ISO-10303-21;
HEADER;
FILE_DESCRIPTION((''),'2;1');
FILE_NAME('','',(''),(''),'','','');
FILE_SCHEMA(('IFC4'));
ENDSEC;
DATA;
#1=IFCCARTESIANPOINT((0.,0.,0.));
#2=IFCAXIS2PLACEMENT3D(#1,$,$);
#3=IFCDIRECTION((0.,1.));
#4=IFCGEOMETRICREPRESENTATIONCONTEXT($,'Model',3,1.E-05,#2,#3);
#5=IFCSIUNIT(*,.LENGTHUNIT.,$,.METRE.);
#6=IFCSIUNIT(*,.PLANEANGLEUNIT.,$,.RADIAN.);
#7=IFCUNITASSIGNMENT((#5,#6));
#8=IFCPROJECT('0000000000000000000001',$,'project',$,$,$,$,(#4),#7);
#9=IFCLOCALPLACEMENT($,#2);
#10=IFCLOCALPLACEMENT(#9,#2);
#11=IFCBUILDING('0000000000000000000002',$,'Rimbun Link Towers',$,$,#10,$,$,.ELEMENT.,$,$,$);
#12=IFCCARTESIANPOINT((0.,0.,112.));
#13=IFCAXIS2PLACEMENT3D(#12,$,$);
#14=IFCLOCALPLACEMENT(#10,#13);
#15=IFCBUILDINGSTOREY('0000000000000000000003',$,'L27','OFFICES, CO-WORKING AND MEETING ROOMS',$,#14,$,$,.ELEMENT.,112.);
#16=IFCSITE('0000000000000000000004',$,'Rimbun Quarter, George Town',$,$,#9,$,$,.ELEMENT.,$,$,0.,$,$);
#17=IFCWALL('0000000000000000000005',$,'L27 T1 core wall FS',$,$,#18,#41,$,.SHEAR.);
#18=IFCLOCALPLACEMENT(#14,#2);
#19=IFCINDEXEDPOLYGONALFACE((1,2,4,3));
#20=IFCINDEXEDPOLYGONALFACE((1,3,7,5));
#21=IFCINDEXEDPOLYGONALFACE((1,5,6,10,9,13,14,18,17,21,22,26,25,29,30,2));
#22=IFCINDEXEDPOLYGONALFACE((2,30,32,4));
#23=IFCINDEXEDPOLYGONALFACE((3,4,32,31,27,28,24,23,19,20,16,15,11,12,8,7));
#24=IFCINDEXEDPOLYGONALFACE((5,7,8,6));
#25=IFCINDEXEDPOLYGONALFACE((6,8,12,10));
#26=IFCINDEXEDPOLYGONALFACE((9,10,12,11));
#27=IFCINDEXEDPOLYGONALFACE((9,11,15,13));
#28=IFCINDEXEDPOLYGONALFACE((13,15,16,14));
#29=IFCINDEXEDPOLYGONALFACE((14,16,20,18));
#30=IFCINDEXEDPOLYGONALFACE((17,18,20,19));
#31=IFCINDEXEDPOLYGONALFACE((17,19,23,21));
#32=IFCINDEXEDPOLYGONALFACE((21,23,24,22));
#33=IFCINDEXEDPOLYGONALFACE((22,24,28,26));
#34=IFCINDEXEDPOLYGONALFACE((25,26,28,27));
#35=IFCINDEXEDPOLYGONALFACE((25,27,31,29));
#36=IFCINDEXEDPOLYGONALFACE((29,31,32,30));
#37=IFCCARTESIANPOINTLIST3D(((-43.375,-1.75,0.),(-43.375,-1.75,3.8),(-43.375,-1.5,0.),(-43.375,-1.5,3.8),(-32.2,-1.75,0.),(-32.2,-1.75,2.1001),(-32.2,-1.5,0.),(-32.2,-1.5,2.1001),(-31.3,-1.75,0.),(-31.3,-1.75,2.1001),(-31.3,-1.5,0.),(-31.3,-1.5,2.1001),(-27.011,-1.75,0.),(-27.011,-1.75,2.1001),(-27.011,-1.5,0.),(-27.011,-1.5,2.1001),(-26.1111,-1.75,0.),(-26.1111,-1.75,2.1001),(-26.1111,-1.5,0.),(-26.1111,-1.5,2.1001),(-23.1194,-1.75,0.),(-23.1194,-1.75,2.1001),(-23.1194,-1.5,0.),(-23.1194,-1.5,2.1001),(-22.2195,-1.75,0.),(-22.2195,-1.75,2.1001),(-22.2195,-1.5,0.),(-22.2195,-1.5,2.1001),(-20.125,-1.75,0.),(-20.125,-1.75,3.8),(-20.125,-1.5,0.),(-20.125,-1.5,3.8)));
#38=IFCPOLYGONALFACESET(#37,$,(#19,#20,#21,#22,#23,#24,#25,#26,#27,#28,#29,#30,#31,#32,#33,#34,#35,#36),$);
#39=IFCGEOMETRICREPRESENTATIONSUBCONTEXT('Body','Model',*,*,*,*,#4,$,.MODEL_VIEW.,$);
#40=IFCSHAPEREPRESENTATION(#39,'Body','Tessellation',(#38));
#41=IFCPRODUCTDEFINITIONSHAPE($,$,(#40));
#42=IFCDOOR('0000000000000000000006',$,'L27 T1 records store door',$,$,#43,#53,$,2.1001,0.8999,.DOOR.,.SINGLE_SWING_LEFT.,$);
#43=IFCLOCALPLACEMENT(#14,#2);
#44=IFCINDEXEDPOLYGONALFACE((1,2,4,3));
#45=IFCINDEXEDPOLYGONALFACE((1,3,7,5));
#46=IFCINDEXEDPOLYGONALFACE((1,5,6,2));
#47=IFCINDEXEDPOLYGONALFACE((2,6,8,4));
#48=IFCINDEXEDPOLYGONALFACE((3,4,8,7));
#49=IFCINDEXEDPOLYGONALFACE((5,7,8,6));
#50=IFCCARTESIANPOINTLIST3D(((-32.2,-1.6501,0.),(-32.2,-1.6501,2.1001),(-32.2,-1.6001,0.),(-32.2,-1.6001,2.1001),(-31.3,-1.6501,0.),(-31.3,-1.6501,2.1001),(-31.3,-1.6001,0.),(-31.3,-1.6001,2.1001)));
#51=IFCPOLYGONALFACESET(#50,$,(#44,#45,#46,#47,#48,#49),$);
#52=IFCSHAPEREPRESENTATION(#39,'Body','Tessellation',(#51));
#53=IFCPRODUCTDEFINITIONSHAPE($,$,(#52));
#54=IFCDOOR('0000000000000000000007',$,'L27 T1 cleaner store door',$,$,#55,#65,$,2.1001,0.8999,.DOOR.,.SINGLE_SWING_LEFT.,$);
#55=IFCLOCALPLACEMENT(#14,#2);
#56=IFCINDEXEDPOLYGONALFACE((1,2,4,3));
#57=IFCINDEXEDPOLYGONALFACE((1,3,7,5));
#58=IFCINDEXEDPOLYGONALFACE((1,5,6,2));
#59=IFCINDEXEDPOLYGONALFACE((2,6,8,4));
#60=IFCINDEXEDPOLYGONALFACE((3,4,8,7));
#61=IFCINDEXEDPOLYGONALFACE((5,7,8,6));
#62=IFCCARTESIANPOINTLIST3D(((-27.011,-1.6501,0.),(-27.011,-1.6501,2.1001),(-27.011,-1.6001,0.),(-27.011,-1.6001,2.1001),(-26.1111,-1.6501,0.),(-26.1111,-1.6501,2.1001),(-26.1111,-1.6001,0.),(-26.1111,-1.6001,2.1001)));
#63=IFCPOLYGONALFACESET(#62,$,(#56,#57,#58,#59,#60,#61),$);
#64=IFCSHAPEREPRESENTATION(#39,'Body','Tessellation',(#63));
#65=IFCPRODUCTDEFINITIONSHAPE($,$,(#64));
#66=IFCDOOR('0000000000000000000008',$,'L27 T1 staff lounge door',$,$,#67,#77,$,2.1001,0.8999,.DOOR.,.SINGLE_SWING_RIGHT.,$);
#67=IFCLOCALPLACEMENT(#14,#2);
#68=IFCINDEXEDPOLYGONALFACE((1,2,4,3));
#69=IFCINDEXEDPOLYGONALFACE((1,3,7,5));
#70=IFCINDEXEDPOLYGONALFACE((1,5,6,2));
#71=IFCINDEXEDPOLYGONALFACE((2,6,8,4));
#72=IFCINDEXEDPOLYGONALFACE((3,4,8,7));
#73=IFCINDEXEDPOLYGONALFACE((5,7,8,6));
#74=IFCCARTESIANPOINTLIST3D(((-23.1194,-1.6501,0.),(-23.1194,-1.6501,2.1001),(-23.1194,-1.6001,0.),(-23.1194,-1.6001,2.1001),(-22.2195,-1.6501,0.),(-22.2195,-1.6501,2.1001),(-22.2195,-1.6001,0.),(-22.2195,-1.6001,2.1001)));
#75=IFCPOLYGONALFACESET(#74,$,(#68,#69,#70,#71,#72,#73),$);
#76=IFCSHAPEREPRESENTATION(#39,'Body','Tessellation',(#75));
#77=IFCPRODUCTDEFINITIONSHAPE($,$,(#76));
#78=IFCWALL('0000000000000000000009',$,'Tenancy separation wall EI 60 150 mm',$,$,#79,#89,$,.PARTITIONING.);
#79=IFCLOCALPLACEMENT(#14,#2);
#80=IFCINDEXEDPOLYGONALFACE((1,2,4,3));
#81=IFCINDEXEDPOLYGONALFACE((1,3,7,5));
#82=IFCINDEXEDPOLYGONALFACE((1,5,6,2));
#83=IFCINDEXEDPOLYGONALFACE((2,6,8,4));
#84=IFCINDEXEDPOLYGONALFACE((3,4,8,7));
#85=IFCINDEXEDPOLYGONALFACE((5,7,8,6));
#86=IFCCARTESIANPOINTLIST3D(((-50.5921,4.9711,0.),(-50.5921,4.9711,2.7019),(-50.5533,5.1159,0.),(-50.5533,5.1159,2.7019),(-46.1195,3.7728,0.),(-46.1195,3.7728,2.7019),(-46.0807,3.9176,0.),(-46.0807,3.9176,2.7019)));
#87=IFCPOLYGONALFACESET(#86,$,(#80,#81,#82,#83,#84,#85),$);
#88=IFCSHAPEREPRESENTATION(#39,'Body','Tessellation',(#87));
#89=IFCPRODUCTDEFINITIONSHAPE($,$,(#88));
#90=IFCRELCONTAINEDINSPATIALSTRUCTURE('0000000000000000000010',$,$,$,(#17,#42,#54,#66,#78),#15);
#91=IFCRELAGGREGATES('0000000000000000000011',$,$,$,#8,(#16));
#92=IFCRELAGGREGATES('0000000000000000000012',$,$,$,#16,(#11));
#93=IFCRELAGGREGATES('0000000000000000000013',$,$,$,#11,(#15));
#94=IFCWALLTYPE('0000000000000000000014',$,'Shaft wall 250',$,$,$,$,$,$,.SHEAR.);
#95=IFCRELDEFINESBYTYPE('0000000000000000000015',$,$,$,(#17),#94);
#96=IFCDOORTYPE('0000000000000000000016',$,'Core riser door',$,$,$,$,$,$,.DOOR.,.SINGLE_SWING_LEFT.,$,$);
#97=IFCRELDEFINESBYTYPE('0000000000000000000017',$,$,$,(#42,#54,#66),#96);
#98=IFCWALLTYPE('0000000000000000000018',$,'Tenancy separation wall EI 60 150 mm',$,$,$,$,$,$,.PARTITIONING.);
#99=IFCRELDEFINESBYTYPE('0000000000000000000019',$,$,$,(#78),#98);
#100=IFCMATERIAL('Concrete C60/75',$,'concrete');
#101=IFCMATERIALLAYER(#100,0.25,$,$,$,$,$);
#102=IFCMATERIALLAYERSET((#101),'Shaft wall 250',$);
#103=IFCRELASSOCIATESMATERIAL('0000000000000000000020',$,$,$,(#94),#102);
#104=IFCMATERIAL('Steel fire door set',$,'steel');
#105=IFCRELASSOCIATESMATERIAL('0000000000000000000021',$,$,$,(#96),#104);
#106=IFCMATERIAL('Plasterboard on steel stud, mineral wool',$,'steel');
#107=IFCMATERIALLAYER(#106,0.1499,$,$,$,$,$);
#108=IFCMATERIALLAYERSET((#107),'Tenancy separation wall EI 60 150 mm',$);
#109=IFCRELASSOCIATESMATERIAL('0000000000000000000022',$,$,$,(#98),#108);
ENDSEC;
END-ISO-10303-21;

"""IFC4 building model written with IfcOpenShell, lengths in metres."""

from ifc_helpers import new_model, si_unit, direction, frame, frame_2d, origin, place, context, subcontext, project, spatial, rectangle, extrude, material, layer, layer_set, type_object, element, fill, save


model = new_model("IFC4")

# Units and contexts
model_context = context("Model", 3, precision=1e-05, world=origin(), true_north=direction((0.0, 1.0)))
body_context = subcontext(model_context, "Body", "Model", "MODEL_VIEW")
ifc_project = project(units=[si_unit("LENGTHUNIT", "METRE"), si_unit("PLANEANGLEUNIT", "RADIAN")], contexts=[model_context])

# Site, building, storey
site_placement = place(None, origin())
site = spatial("IfcSite", under=ifc_project, at=site_placement, Name="Rimbun Quarter, George Town", CompositionType="ELEMENT", RefElevation=0.0)
building_placement = place(site_placement, origin())
building = spatial("IfcBuilding", under=site, at=building_placement, Name="Rimbun Link Towers", CompositionType="ELEMENT")
storey_placement = place(building_placement, frame((0.0, 0.0, 112.0)))
storey = spatial("IfcBuildingStorey", under=building, at=storey_placement, Name="L27", Description="OFFICES, CO-WORKING AND MEETING ROOMS", CompositionType="ELEMENT", Elevation=112.0)

# Shared definitions
ifc_material_1 = material(Name="Concrete C60/75", Category="concrete")
ifc_layer_1 = layer(ifc_material_1, 0.25)
ifc_layer_set_1 = layer_set([ifc_layer_1], Name="Shaft wall 250")
wall_type_1 = type_object("IfcWallType", Name="Shaft wall 250", PredefinedType="SHEAR", material=ifc_layer_set_1)

# Wall, openings, doors
wall_1_placement = place(storey_placement, frame((-43.375, -1.625, 0.0), z_axis=(0.0, 0.0, 1.0), x_axis=(1.0, 0.0, 0.0)))
wall_1 = element("IfcWall", 1, at=wall_1_placement, inside=storey, type_object=wall_type_1, Name="L27 T1 core wall FS", PredefinedType="SHEAR", context=body_context, shape_type="SweptSolid", body=[
    extrude(rectangle(XDim=23.25, YDim=0.25, at=frame_2d((11.625, 0.0))), origin(), (0.0, 0.0, 1.0), 3.8),
])
opening_1_placement = place(wall_1_placement, frame((11.175, 0.0, 0.0)))
opening_1 = element("IfcOpeningElement", 2, at=opening_1_placement, cuts=wall_1, PredefinedType="OPENING", context=body_context, shape_type="SweptSolid", body=[
    extrude(rectangle(XDim=0.8999, YDim=2.1001, at=frame_2d((0.45, 1.05))), frame((0.0, 0.135, 0.0), z_axis=(0.0, -1.0, 0.0), x_axis=(1.0, 0.0, 0.0)), (0.0, 0.0, 1.0), 0.27),
])
opening_2_placement = place(wall_1_placement, frame((16.364, 0.0, 0.0)))
opening_2 = element("IfcOpeningElement", 3, at=opening_2_placement, cuts=wall_1, PredefinedType="OPENING", context=body_context, shape_type="SweptSolid", body=[
    extrude(rectangle(XDim=0.8999, YDim=2.1001, at=frame_2d((0.45, 1.05))), frame((0.0, 0.135, 0.0), z_axis=(0.0, -1.0, 0.0), x_axis=(1.0, 0.0, 0.0)), (0.0, 0.0, 1.0), 0.27),
])
opening_3_placement = place(wall_1_placement, frame((20.2556, 0.0, 0.0)))
opening_3 = element("IfcOpeningElement", 4, at=opening_3_placement, cuts=wall_1, PredefinedType="OPENING", context=body_context, shape_type="SweptSolid", body=[
    extrude(rectangle(XDim=0.8999, YDim=2.1001, at=frame_2d((0.45, 1.05))), frame((0.0, 0.135, 0.0), z_axis=(0.0, -1.0, 0.0), x_axis=(1.0, 0.0, 0.0)), (0.0, 0.0, 1.0), 0.27),
])
ifc_material_2 = material(Name="Steel fire door set", Category="steel")
door_type_1 = type_object("IfcDoorType", Name="Core riser door", OperationType="SINGLE_SWING_LEFT", PredefinedType="DOOR", material=ifc_material_2)
door_1_placement = place(opening_1_placement, origin())
door_1 = element("IfcDoor", 5, at=door_1_placement, inside=storey, type_object=door_type_1, Name="L27 T1 records store door", OperationType="SINGLE_SWING_LEFT", OverallHeight=2.1001, OverallWidth=0.8999, PredefinedType="DOOR", context=body_context, shape_type="SweptSolid", body=[
    extrude(rectangle(XDim=0.8999, YDim=2.1001, at=frame_2d((0.45, 1.05))), frame((0.0, 0.0249, 0.0), z_axis=(0.0, -1.0, 0.0), x_axis=(1.0, 0.0, 0.0)), (0.0, 0.0, 1.0), 0.05),
])
fill(opening_1, door_1)
door_2_placement = place(opening_2_placement, origin())
door_2 = element("IfcDoor", 6, at=door_2_placement, inside=storey, type_object=door_type_1, Name="L27 T1 cleaner store door", OperationType="SINGLE_SWING_LEFT", OverallHeight=2.1001, OverallWidth=0.8999, PredefinedType="DOOR", context=body_context, shape_type="SweptSolid", body=[
    extrude(rectangle(XDim=0.8999, YDim=2.1001, at=frame_2d((0.45, 1.05))), frame((0.0, 0.0249, 0.0), z_axis=(0.0, -1.0, 0.0), x_axis=(1.0, 0.0, 0.0)), (0.0, 0.0, 1.0), 0.05),
])
fill(opening_2, door_2)
door_3_placement = place(opening_3_placement, origin())
door_3 = element("IfcDoor", 7, at=door_3_placement, inside=storey, type_object=door_type_1, Name="L27 T1 staff lounge door", OperationType="SINGLE_SWING_RIGHT", OverallHeight=2.1001, OverallWidth=0.8999, PredefinedType="DOOR", context=body_context, shape_type="SweptSolid", body=[
    extrude(rectangle(XDim=0.8999, YDim=2.1001, at=frame_2d((0.45, 1.05))), frame((0.0, 0.0249, 0.0), z_axis=(0.0, -1.0, 0.0), x_axis=(1.0, 0.0, 0.0)), (0.0, 0.0, 1.0), 0.05),
])
fill(opening_3, door_3)

# Wall
ifc_material_3 = material(Name="Plasterboard on steel stud, mineral wool", Category="steel")
ifc_layer_2 = layer(ifc_material_3, 0.1499)
ifc_layer_set_2 = layer_set([ifc_layer_2], Name="Tenancy separation wall EI 60 150 mm")
wall_type_2 = type_object("IfcWallType", Name="Tenancy separation wall EI 60 150 mm", PredefinedType="PARTITIONING", material=ifc_layer_set_2)
wall_2_placement = place(storey_placement, frame((-46.1001, 3.8452, 0.0), z_axis=(0.0, 0.0, 1.0), x_axis=(-0.965937, 0.258778, 0.0)))
element("IfcWall", 8, at=wall_2_placement, inside=storey, type_object=wall_type_2, Name="Tenancy separation wall EI 60 150 mm", PredefinedType="PARTITIONING", context=body_context, shape_type="SweptSolid", body=[
    extrude(rectangle(XDim=4.6304, YDim=0.1499, at=frame_2d((2.3152, 0.0))), origin(), (0.0, 0.0, 1.0), 2.7019),
])

save(model, "model.ifc")
